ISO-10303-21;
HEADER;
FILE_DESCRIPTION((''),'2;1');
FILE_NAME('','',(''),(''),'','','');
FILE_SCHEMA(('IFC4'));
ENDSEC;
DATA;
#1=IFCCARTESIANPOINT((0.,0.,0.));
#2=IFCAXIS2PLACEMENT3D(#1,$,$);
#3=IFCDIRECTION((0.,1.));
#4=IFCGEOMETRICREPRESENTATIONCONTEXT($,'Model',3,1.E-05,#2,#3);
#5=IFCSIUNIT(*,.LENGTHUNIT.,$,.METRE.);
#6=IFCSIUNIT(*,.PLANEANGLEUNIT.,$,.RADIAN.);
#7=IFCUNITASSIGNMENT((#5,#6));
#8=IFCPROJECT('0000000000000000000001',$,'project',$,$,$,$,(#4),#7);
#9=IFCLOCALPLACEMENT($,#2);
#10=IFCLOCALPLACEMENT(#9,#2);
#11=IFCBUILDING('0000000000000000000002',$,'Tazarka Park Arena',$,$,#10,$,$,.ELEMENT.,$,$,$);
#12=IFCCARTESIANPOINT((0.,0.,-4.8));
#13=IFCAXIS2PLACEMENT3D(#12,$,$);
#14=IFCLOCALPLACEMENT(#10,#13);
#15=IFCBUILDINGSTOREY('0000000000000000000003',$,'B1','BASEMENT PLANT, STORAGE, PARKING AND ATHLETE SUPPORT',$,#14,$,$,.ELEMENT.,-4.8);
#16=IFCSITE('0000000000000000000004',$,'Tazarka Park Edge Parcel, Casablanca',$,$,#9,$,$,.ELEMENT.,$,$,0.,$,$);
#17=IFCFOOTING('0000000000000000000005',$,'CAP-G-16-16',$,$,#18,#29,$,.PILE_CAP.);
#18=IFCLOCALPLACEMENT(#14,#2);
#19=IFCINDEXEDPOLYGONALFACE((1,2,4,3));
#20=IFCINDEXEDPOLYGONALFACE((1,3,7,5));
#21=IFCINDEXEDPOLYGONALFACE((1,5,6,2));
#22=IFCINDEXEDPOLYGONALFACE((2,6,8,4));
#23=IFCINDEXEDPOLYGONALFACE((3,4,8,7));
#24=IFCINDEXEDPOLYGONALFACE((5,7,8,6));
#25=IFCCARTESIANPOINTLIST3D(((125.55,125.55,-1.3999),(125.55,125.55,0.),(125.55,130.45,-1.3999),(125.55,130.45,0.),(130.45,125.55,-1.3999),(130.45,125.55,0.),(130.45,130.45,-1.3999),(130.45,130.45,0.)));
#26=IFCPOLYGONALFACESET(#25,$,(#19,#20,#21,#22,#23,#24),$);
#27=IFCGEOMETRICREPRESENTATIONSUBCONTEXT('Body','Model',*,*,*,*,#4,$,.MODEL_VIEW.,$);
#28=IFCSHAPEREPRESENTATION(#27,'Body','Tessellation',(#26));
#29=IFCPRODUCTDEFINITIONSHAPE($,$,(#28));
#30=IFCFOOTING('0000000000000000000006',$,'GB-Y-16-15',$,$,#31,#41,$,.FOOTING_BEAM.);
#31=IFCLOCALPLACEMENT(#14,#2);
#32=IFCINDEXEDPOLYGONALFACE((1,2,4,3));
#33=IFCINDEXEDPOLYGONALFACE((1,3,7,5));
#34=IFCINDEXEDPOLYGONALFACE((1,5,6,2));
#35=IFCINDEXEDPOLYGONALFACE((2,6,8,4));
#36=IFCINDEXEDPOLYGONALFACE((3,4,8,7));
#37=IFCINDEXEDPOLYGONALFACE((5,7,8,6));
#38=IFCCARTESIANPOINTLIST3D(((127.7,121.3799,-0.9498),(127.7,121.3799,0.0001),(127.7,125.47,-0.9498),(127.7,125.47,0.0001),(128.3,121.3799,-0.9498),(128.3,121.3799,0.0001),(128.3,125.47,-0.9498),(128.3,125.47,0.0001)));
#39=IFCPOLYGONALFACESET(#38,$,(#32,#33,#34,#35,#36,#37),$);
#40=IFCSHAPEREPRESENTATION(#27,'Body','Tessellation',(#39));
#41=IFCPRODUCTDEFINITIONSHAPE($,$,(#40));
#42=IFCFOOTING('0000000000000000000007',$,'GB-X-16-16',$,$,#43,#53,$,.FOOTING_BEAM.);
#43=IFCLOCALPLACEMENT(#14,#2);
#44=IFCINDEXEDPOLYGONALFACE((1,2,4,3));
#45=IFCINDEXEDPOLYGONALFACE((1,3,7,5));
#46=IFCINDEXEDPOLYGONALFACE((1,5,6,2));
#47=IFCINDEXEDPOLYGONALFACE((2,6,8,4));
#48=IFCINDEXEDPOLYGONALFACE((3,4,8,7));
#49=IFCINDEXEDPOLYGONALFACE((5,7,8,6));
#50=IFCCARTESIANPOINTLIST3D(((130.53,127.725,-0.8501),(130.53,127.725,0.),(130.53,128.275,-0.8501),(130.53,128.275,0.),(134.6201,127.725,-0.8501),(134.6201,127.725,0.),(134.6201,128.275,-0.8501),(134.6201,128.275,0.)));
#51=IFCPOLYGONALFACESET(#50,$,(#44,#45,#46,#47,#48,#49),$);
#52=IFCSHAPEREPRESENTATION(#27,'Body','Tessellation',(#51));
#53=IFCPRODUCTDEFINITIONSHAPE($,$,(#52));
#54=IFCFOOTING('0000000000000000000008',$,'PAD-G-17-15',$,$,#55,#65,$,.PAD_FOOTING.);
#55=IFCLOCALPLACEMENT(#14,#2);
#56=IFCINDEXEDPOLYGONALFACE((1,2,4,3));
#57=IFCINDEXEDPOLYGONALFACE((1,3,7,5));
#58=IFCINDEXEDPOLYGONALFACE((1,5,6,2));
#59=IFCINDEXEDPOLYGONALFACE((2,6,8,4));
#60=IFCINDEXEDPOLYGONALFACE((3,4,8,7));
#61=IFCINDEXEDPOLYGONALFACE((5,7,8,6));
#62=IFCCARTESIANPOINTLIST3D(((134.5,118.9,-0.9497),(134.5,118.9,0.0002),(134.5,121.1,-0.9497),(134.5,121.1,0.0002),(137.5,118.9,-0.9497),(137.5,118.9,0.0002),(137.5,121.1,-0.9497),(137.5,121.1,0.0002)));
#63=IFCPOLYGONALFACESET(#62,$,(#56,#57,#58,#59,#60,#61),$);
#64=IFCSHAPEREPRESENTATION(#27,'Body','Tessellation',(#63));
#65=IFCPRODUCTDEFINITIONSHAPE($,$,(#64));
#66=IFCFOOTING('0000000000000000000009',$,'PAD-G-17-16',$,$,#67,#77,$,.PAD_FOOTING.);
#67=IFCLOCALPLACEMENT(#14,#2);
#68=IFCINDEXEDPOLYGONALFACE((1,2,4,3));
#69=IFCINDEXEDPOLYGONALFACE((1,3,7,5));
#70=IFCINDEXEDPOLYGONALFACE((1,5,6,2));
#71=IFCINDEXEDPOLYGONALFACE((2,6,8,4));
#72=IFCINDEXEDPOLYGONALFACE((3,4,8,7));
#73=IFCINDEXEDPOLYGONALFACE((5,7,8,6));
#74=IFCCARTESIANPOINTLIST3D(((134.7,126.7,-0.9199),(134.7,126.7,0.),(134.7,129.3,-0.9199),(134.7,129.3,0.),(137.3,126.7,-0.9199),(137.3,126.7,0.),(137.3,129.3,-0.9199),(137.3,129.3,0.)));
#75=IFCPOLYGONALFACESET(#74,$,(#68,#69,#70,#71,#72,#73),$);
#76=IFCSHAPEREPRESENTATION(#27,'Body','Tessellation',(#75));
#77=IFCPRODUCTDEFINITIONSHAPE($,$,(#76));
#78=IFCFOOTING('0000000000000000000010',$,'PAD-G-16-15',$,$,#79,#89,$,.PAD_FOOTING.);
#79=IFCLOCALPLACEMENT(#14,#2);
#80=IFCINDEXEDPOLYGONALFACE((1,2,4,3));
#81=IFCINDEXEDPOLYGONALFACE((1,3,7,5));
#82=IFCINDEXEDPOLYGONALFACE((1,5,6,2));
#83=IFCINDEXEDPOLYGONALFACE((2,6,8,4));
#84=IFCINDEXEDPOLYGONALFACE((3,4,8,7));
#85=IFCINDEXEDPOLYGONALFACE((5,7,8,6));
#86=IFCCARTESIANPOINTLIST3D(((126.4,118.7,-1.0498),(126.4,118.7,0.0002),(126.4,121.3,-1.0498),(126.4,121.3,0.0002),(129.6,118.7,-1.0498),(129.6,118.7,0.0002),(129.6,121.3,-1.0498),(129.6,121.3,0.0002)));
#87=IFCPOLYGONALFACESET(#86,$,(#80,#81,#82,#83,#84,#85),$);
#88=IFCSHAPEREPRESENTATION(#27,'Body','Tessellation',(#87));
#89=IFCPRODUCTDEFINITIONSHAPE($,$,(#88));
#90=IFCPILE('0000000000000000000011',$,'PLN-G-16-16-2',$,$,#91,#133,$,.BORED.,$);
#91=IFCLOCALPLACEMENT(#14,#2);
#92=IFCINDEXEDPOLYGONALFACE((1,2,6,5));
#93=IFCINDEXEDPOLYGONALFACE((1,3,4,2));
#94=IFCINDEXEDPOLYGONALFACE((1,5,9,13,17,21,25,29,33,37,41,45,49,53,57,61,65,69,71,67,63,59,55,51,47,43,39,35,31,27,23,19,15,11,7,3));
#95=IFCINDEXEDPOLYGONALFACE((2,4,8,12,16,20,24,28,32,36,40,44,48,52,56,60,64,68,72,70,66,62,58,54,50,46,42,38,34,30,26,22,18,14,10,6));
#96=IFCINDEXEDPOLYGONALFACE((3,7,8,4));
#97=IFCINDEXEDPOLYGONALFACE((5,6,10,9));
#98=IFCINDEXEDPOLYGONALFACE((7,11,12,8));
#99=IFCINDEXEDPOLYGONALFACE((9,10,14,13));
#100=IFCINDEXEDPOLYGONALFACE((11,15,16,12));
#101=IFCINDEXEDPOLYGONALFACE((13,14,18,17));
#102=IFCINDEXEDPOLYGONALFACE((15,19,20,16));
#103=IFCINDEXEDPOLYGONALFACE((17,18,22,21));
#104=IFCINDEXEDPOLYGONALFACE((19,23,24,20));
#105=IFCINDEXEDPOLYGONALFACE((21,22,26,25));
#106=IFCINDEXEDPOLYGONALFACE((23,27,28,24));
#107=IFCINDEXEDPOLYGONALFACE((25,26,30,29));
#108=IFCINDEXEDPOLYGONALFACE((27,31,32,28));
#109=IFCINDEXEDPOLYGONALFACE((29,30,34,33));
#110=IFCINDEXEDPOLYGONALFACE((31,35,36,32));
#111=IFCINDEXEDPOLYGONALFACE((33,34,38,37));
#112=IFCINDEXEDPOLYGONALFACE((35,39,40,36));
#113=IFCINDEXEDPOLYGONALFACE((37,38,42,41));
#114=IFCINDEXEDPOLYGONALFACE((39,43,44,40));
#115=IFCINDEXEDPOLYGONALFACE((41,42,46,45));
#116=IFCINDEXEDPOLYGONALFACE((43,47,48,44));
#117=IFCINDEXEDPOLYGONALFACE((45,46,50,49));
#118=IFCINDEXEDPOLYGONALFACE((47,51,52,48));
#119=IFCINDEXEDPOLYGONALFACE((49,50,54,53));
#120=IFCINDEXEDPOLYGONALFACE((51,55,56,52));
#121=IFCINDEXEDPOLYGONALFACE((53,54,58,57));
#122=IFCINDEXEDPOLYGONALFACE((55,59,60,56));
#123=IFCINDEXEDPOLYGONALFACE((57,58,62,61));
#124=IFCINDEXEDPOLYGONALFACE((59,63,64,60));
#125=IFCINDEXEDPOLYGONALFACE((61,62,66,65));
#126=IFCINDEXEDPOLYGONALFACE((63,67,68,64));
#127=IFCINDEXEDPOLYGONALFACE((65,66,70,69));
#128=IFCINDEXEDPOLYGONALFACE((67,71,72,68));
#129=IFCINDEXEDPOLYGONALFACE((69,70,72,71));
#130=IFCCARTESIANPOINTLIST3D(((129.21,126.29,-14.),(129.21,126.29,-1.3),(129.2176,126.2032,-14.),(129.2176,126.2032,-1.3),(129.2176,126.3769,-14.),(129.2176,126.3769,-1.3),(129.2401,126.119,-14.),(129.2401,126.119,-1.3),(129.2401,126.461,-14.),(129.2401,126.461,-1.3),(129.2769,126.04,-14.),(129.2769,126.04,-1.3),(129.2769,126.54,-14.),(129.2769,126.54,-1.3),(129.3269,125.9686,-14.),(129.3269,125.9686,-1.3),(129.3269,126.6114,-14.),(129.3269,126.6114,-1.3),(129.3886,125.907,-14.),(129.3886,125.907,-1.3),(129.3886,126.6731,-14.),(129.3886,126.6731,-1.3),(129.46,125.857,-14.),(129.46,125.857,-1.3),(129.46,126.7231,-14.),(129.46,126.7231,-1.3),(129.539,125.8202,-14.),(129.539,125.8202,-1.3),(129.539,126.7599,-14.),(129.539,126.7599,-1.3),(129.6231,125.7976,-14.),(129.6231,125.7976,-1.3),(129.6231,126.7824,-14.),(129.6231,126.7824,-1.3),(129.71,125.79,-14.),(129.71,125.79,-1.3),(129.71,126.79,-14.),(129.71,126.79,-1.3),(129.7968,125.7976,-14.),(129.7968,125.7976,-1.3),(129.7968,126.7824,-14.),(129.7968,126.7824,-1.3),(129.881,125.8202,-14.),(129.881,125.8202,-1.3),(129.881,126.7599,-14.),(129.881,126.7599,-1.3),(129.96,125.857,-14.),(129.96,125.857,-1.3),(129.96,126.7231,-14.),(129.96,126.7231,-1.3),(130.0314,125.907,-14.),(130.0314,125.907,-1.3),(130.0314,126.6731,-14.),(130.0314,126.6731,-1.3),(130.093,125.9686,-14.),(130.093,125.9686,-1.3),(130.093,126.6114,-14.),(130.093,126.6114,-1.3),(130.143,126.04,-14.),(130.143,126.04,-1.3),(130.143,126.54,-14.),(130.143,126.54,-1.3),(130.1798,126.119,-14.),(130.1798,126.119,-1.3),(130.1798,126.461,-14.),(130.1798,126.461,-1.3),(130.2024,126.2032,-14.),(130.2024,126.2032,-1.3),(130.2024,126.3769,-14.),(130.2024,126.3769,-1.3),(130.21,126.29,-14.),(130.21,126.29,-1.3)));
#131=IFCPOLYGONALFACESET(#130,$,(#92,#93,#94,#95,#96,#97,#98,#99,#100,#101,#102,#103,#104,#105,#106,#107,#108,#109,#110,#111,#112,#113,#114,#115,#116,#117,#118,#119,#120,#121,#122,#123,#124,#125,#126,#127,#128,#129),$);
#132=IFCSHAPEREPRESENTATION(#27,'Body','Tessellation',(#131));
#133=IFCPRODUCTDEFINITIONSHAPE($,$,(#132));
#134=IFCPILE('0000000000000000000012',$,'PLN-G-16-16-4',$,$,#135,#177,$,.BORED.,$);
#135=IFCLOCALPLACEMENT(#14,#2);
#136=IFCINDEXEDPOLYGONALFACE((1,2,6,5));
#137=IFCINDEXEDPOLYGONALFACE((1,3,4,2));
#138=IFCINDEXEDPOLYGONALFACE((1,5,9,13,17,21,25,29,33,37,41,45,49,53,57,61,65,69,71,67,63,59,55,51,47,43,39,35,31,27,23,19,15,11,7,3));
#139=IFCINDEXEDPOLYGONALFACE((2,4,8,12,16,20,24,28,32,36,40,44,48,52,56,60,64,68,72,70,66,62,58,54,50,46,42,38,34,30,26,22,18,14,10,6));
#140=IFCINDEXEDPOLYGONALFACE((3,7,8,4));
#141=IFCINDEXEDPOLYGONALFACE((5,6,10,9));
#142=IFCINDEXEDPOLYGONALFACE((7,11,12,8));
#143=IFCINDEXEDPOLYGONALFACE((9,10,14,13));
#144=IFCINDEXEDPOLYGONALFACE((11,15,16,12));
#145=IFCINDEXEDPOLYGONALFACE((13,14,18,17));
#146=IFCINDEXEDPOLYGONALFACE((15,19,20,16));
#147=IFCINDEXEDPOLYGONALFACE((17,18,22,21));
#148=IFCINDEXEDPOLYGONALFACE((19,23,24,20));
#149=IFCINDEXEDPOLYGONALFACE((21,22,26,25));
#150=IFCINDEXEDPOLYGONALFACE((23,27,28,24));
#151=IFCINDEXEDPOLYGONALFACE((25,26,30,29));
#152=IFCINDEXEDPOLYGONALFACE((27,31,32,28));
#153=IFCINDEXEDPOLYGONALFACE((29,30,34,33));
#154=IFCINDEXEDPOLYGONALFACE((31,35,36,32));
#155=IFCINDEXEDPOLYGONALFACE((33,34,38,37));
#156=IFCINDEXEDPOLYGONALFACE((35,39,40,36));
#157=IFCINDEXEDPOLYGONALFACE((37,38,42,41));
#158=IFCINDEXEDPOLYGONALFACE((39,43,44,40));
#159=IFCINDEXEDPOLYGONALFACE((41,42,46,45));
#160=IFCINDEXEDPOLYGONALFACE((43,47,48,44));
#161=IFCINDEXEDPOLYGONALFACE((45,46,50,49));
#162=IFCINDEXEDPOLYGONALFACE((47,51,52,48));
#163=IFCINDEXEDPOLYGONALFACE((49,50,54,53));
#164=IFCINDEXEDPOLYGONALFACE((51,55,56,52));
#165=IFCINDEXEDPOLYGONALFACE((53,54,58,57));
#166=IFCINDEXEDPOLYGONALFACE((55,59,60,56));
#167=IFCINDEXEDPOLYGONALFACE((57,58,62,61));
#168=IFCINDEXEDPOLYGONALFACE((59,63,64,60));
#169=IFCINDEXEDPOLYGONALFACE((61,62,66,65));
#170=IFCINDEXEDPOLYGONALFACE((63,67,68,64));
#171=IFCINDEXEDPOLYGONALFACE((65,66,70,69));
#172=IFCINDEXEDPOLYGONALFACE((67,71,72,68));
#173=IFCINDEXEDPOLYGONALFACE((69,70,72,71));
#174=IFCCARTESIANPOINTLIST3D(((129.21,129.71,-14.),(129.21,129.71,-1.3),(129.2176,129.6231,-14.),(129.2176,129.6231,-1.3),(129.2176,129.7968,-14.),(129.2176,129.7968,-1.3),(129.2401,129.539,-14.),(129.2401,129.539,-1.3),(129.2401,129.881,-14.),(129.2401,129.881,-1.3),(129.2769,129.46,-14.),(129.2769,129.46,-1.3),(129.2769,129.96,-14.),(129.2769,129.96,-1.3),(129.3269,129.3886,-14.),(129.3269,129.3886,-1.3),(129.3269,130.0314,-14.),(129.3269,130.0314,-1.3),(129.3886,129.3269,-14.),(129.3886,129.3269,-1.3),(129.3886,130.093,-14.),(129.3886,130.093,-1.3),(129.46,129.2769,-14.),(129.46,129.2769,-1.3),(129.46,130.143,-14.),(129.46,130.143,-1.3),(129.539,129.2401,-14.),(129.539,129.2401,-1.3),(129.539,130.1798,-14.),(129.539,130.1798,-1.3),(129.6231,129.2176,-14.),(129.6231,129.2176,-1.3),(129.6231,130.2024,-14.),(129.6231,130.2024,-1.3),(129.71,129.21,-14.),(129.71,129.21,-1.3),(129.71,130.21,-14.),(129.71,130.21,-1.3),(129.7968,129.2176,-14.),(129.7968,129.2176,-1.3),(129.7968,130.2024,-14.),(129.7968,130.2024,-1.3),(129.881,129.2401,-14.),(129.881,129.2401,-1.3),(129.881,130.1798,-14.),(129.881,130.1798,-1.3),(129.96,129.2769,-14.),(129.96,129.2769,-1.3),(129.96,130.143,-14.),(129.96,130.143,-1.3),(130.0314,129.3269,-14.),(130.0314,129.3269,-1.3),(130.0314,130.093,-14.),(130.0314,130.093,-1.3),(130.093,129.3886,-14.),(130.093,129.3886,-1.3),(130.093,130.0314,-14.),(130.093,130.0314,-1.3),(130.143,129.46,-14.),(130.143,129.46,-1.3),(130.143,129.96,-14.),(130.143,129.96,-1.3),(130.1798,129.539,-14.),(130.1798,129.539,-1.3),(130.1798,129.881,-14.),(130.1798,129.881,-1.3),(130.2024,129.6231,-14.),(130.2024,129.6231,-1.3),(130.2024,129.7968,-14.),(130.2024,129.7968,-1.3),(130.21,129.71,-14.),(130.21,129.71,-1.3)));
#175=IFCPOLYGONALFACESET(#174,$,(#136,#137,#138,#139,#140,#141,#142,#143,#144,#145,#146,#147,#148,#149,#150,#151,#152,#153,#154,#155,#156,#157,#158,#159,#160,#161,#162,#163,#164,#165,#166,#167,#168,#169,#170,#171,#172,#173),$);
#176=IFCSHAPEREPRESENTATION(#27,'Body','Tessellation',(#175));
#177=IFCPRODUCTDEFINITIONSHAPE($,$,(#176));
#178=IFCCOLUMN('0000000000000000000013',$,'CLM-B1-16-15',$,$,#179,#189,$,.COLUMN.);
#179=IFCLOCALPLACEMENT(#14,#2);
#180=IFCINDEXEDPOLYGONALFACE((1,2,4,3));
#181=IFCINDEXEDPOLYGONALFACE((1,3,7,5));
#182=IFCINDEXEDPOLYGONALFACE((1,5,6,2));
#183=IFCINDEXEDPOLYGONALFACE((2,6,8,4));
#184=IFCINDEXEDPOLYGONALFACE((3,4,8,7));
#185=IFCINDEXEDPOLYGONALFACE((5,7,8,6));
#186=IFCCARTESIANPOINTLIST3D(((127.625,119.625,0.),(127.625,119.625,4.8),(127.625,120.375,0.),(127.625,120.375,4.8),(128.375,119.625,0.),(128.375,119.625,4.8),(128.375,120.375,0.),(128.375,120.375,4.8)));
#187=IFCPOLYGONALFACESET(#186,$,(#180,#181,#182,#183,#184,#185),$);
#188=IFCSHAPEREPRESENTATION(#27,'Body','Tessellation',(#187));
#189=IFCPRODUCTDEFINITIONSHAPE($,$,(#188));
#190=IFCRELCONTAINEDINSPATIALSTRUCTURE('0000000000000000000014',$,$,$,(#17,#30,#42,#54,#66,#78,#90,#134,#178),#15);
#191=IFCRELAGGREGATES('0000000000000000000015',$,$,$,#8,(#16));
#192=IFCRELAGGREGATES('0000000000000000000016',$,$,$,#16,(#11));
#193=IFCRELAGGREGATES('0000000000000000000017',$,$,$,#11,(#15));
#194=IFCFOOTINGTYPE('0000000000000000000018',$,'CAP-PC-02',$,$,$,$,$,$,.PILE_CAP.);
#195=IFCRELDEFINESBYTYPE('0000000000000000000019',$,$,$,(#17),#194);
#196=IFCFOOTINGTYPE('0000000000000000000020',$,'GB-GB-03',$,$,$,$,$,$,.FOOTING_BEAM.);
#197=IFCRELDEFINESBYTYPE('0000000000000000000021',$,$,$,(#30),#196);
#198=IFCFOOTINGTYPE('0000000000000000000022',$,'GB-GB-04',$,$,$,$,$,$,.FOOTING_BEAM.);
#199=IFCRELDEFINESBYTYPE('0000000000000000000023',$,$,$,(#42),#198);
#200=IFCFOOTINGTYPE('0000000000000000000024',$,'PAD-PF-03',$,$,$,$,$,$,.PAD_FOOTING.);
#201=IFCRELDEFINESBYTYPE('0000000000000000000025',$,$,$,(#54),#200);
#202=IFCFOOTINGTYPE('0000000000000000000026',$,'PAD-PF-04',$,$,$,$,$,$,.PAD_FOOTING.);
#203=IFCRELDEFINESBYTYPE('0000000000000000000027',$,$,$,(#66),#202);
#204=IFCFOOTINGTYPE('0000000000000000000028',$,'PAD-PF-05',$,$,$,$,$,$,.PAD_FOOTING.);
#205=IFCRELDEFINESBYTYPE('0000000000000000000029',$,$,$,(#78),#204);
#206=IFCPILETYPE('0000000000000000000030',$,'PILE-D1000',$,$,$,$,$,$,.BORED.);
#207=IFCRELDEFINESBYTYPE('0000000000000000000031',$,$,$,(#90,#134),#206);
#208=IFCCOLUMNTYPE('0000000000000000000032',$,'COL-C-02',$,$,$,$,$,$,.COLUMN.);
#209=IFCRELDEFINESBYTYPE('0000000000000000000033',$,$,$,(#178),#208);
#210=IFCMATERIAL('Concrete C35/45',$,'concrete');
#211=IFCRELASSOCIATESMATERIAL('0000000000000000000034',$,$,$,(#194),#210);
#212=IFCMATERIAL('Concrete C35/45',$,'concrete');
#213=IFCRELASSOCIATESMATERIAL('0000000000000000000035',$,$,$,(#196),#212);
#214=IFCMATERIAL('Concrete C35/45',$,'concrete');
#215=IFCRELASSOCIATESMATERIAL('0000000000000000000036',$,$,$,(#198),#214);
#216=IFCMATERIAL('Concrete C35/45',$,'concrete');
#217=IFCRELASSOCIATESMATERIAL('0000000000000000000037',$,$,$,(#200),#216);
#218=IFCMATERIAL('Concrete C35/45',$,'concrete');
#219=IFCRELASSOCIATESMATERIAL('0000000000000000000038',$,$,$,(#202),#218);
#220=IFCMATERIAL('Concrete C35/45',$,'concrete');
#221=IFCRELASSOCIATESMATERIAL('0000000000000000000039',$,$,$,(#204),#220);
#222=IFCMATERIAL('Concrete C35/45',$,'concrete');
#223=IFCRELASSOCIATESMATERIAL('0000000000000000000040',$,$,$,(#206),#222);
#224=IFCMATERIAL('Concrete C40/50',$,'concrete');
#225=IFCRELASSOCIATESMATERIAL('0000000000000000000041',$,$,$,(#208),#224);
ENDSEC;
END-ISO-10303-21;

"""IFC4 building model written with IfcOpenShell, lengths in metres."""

from ifc_helpers import new_model, si_unit, direction, frame, origin, origin_2d, place, context, subcontext, project, spatial, rectangle, circle, extrude, material, material_profile, profile_set, type_object, element, save


model = new_model("IFC4")

# Units and contexts
model_context = context("Model", 3, precision=1e-05, world=origin(), true_north=direction((0.0, 1.0)))
body_context = subcontext(model_context, "Body", "Model", "MODEL_VIEW")
ifc_project = project(units=[si_unit("LENGTHUNIT", "METRE"), si_unit("PLANEANGLEUNIT", "RADIAN")], contexts=[model_context])

# Site, building, storey
site_placement = place(None, origin())
site = spatial("IfcSite", under=ifc_project, at=site_placement, Name="Tazarka Park Edge Parcel, Casablanca", CompositionType="ELEMENT", RefElevation=0.0)
building_placement = place(site_placement, origin())
building = spatial("IfcBuilding", under=site, at=building_placement, Name="Tazarka Park Arena", CompositionType="ELEMENT")
storey_placement = place(building_placement, frame((0.0, 0.0, -4.8)))
storey = spatial("IfcBuildingStorey", under=building, at=storey_placement, Name="B1", Description="BASEMENT PLANT, STORAGE, PARKING AND ATHLETE SUPPORT", CompositionType="ELEMENT", Elevation=-4.8)

# Footings
ifc_material_1 = material(Name="Concrete C35/45", Category="concrete")
footing_type_1 = type_object("IfcFootingType", Name="CAP-PC-02", PredefinedType="PILE_CAP", material=ifc_material_1)
footing_1_placement = place(storey_placement, frame((128.0, 128.0, -1.3999), z_axis=(0.0, 0.0, 1.0), x_axis=(1.0, 0.0, 0.0)))
element("IfcFooting", 1, at=footing_1_placement, inside=storey, type_object=footing_type_1, Name="CAP-G-16-16", PredefinedType="PILE_CAP", context=body_context, shape_type="SweptSolid", body=[
    extrude(rectangle(XDim=4.8999, YDim=4.8999, at=origin_2d()), origin(), (0.0, 0.0, 1.0), 1.3999),
])
ifc_material_2 = material(Name="Concrete C35/45", Category="concrete")
ifc_material_profile_1 = material_profile(ifc_material_2, rectangle(XDim=0.6001, YDim=0.95, at=origin_2d()), Name="Concrete C35/45")
ifc_profile_set_1 = profile_set([ifc_material_profile_1], Name="Concrete C35/45")
footing_type_2 = type_object("IfcFootingType", Name="GB-GB-03", PredefinedType="FOOTING_BEAM", material=ifc_profile_set_1)
footing_2_placement = place(storey_placement, frame((128.0, 121.3799, -0.4749), z_axis=(0.0, 1.0, 0.0), x_axis=(-1.0, 0.0, 0.0)))
element("IfcFooting", 2, at=footing_2_placement, inside=storey, type_object=footing_type_2, Name="GB-Y-16-15", PredefinedType="FOOTING_BEAM", context=body_context, shape_type="SweptSolid", body=[
    extrude(rectangle(XDim=0.6001, YDim=0.95, at=origin_2d()), origin(), (0.0, 0.0, 1.0), 4.0901),
])
ifc_material_3 = material(Name="Concrete C35/45", Category="concrete")
ifc_material_profile_2 = material_profile(ifc_material_3, rectangle(XDim=0.55, YDim=0.8501, at=origin_2d()), Name="Concrete C35/45")
ifc_profile_set_2 = profile_set([ifc_material_profile_2], Name="Concrete C35/45")
footing_type_3 = type_object("IfcFootingType", Name="GB-GB-04", PredefinedType="FOOTING_BEAM", material=ifc_profile_set_2)
footing_3_placement = place(storey_placement, frame((130.53, 128.0, -0.425), z_axis=(1.0, 0.0, 0.0), x_axis=(0.0, 1.0, 0.0)))
element("IfcFooting", 3, at=footing_3_placement, inside=storey, type_object=footing_type_3, Name="GB-X-16-16", PredefinedType="FOOTING_BEAM", context=body_context, shape_type="SweptSolid", body=[
    extrude(rectangle(XDim=0.55, YDim=0.8501, at=origin_2d()), origin(), (0.0, 0.0, 1.0), 4.0901),
])
ifc_material_4 = material(Name="Concrete C35/45", Category="concrete")
footing_type_4 = type_object("IfcFootingType", Name="PAD-PF-03", PredefinedType="PAD_FOOTING", material=ifc_material_4)
footing_4_placement = place(storey_placement, frame((136.0, 120.0, -0.9497), z_axis=(0.0, 0.0, 1.0), x_axis=(1.0, 0.0, 0.0)))
element("IfcFooting", 4, at=footing_4_placement, inside=storey, type_object=footing_type_4, Name="PAD-G-17-15", PredefinedType="PAD_FOOTING", context=body_context, shape_type="SweptSolid", body=[
    extrude(rectangle(XDim=3.0, YDim=2.2, at=origin_2d()), origin(), (0.0, 0.0, 1.0), 0.95),
])
ifc_material_5 = material(Name="Concrete C35/45", Category="concrete")
footing_type_5 = type_object("IfcFootingType", Name="PAD-PF-04", PredefinedType="PAD_FOOTING", material=ifc_material_5)
footing_5_placement = place(storey_placement, frame((136.0, 128.0, -0.9199), z_axis=(0.0, 0.0, 1.0), x_axis=(1.0, 0.0, 0.0)))
element("IfcFooting", 5, at=footing_5_placement, inside=storey, type_object=footing_type_5, Name="PAD-G-17-16", PredefinedType="PAD_FOOTING", context=body_context, shape_type="SweptSolid", body=[
    extrude(rectangle(XDim=2.6001, YDim=2.6001, at=origin_2d()), origin(), (0.0, 0.0, 1.0), 0.9199),
])
ifc_material_6 = material(Name="Concrete C35/45", Category="concrete")
footing_type_6 = type_object("IfcFootingType", Name="PAD-PF-05", PredefinedType="PAD_FOOTING", material=ifc_material_6)
footing_6_placement = place(storey_placement, frame((128.0, 120.0, -1.0498), z_axis=(0.0, 0.0, 1.0), x_axis=(1.0, 0.0, 0.0)))
element("IfcFooting", 6, at=footing_6_placement, inside=storey, type_object=footing_type_6, Name="PAD-G-16-15", PredefinedType="PAD_FOOTING", context=body_context, shape_type="SweptSolid", body=[
    extrude(rectangle(XDim=3.2, YDim=2.6001, at=origin_2d()), origin(), (0.0, 0.0, 1.0), 1.05),
])

# Piles
ifc_material_7 = material(Name="Concrete C35/45", Category="concrete")
ifc_material_profile_3 = material_profile(ifc_material_7, circle(Radius=0.5, at=origin_2d()), Name="Concrete C35/45")
ifc_profile_set_3 = profile_set([ifc_material_profile_3], Name="Concrete C35/45")
pile_type = type_object("IfcPileType", Name="PILE-D1000", PredefinedType="BORED", material=ifc_profile_set_3)
for number, where, z_axis, x_axis, name in (
    (7, (129.71, 126.29, -1.3), (0.0, 0.0, -1.0), (1.0, 0.0, 0.0), "PLN-G-16-16-2"),
    (8, (129.71, 129.71, -1.3), (0.0, 0.0, -1.0), (1.0, 0.0, 0.0), "PLN-G-16-16-4"),
):
    element("IfcPile", number, at=place(storey_placement, frame(where, z_axis=z_axis, x_axis=x_axis)), inside=storey, type_object=pile_type, Name=name, PredefinedType="BORED", context=body_context, shape_type="SweptSolid", body=[
        extrude(circle(Radius=0.5, at=origin_2d()), origin(), (0.0, 0.0, 1.0), 12.7),
    ])

# Column
ifc_material_8 = material(Name="Concrete C40/50", Category="concrete")
ifc_material_profile_4 = material_profile(ifc_material_8, rectangle(XDim=0.75, YDim=0.75, at=origin_2d()), Name="Concrete C40/50")
ifc_profile_set_4 = profile_set([ifc_material_profile_4], Name="Concrete C40/50")
column_type = type_object("IfcColumnType", Name="COL-C-02", PredefinedType="COLUMN", material=ifc_profile_set_4)
for number, where, z_axis, x_axis, name in (
    (9, (128.0, 120.0, 0.0), (0.0, 0.0, 1.0), (1.0, 0.0, 0.0), "CLM-B1-16-15"),
):
    element("IfcColumn", number, at=place(storey_placement, frame(where, z_axis=z_axis, x_axis=x_axis)), inside=storey, type_object=column_type, Name=name, PredefinedType="COLUMN", context=body_context, shape_type="SweptSolid", body=[
        extrude(rectangle(XDim=0.75, YDim=0.75, at=origin_2d()), origin(), (0.0, 0.0, 1.0), 4.8),
    ])

save(model, "model.ifc")
